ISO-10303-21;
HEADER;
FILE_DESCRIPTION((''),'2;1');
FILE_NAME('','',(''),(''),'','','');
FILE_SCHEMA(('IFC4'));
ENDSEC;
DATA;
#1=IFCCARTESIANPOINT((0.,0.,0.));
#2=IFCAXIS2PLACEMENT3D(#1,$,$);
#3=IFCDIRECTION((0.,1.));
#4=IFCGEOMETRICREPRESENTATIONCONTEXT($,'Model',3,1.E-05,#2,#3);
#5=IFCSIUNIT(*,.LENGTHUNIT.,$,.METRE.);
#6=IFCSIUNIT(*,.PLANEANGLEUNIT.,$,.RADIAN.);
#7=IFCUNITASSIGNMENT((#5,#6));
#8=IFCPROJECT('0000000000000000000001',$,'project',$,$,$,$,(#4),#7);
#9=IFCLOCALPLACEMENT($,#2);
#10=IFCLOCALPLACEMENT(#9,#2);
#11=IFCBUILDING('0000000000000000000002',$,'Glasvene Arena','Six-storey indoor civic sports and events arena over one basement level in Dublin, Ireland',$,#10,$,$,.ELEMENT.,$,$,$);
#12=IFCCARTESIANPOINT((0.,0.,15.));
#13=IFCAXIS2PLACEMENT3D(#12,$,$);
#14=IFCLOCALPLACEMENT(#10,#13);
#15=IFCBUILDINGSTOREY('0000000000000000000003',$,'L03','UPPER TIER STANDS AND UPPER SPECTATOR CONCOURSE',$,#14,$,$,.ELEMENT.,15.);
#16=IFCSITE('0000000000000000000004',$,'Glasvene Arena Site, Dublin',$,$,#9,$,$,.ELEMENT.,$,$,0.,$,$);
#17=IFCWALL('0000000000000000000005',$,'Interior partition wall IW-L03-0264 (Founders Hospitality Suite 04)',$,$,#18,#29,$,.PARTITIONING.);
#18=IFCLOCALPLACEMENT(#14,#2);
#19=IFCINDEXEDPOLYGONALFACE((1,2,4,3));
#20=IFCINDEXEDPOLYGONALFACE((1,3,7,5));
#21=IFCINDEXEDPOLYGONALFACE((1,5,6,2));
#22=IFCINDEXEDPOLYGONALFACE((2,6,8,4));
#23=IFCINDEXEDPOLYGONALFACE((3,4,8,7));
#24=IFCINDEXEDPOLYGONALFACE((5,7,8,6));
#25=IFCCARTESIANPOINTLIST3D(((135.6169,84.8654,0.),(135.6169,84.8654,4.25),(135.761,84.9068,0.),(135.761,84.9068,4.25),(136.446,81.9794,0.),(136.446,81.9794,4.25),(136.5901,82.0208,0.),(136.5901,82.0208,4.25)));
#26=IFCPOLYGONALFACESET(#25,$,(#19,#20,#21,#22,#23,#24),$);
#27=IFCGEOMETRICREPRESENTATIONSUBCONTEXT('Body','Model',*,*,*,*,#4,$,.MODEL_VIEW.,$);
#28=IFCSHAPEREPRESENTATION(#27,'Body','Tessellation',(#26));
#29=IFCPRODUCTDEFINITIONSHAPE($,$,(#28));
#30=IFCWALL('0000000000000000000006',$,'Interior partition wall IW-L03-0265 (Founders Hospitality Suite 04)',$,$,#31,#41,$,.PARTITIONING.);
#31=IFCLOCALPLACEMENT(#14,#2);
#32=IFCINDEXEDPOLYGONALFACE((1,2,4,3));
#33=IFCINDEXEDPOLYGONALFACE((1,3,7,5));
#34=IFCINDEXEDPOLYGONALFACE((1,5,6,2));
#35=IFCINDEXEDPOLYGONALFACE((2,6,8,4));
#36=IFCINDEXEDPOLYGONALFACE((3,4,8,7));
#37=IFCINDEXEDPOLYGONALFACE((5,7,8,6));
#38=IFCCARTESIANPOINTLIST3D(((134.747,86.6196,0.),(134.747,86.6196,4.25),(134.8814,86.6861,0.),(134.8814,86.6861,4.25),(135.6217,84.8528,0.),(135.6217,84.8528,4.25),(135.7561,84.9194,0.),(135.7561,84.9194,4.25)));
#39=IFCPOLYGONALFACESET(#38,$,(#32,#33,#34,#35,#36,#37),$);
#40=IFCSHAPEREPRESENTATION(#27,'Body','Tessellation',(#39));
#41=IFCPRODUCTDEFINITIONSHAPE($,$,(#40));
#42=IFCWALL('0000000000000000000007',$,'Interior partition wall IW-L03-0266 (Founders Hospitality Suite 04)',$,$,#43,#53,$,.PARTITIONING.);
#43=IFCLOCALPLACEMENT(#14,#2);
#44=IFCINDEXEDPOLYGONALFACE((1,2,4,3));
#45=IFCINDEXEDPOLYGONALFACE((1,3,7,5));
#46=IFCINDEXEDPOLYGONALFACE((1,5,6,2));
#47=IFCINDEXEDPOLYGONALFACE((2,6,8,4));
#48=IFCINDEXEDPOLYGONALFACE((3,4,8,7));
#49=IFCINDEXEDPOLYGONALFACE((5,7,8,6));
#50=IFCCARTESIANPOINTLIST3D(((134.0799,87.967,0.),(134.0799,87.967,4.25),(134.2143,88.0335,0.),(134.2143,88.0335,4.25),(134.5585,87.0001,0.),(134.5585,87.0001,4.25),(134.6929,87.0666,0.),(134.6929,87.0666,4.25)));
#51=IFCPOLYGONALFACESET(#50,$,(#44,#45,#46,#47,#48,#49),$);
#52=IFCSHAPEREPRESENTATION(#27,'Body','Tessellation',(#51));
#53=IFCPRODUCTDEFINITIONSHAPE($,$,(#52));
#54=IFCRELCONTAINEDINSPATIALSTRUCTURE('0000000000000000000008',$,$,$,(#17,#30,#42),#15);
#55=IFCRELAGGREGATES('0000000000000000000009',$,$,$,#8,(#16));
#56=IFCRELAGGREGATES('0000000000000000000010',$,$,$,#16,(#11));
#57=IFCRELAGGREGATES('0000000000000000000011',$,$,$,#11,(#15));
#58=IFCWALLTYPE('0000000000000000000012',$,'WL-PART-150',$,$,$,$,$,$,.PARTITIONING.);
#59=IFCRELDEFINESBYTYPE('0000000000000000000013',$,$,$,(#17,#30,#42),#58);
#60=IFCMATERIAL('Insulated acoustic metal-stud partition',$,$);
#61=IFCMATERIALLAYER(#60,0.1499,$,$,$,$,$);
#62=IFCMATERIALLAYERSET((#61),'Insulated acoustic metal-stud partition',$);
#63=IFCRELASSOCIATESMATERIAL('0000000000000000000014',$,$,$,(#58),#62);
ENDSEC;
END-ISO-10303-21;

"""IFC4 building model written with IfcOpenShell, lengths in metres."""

from ifc_helpers import new_model, si_unit, direction, frame, frame_2d, origin, place, context, subcontext, project, spatial, rectangle, extrude, material, layer, layer_set, type_object, element, save


model = new_model("IFC4")

# Units and contexts
model_context = context("Model", 3, precision=1e-05, world=origin(), true_north=direction((0.0, 1.0)))
body_context = subcontext(model_context, "Body", "Model", "MODEL_VIEW")
ifc_project = project(units=[si_unit("LENGTHUNIT", "METRE"), si_unit("PLANEANGLEUNIT", "RADIAN")], contexts=[model_context])

# Site, building, storey
site_placement = place(None, origin())
site = spatial("IfcSite", under=ifc_project, at=site_placement, Name="Glasvene Arena Site, Dublin", CompositionType="ELEMENT", RefElevation=0.0)
building_placement = place(site_placement, origin())
building = spatial("IfcBuilding", under=site, at=building_placement, Name="Glasvene Arena", Description="Six-storey indoor civic sports and events arena over one basement level in Dublin, Ireland", CompositionType="ELEMENT")
storey_placement = place(building_placement, frame((0.0, 0.0, 15.0)))
storey = spatial("IfcBuildingStorey", under=building, at=storey_placement, Name="L03", Description="UPPER TIER STANDS AND UPPER SPECTATOR CONCOURSE", CompositionType="ELEMENT", Elevation=15.0)

# Walls
ifc_material_1 = material(Name="Insulated acoustic metal-stud partition")
ifc_layer_1 = layer(ifc_material_1, 0.1499)
ifc_layer_set_1 = layer_set([ifc_layer_1], Name="Insulated acoustic metal-stud partition")
wall_type = type_object("IfcWallType", Name="WL-PART-150", PredefinedType="PARTITIONING", material=ifc_layer_set_1)
wall_1_placement = place(storey_placement, frame((136.5181, 82.0, 0.0), z_axis=(0.0, 0.0, 1.0), x_axis=(-0.276117, 0.961124, 0.0)))
element("IfcWall", 1, at=wall_1_placement, inside=storey, type_object=wall_type, Name="Interior partition wall IW-L03-0264 (Founders Hospitality Suite 04)", PredefinedType="PARTITIONING", context=body_context, shape_type="SweptSolid", body=[
    extrude(rectangle(XDim=3.0027, YDim=0.1499, at=frame_2d((1.5015, 0.0))), origin(), (0.0, 0.0, 1.0), 4.25),
])
wall_2_placement = place(storey_placement, frame((135.689, 84.886, 0.0), z_axis=(0.0, 0.0, 1.0), x_axis=(-0.443693, 0.896179, 0.0)))
element("IfcWall", 2, at=wall_2_placement, inside=storey, type_object=wall_type, Name="Interior partition wall IW-L03-0265 (Founders Hospitality Suite 04)", PredefinedType="PARTITIONING", context=body_context, shape_type="SweptSolid", body=[
    extrude(rectangle(XDim=1.9714, YDim=0.1499, at=frame_2d((0.9858, 0.0))), origin(), (0.0, 0.0, 1.0), 4.25),
])
wall_3_placement = place(storey_placement, frame((134.6257, 87.0332, 0.0), z_axis=(0.0, 0.0, 1.0), x_axis=(-0.443589, 0.89623, 0.0)))
element("IfcWall", 3, at=wall_3_placement, inside=storey, type_object=wall_type, Name="Interior partition wall IW-L03-0266 (Founders Hospitality Suite 04)", PredefinedType="PARTITIONING", context=body_context, shape_type="SweptSolid", body=[
    extrude(rectangle(XDim=1.0789, YDim=0.1499, at=frame_2d((0.5396, 0.0))), origin(), (0.0, 0.0, 1.0), 4.25),
])

save(model, "model.ifc")
